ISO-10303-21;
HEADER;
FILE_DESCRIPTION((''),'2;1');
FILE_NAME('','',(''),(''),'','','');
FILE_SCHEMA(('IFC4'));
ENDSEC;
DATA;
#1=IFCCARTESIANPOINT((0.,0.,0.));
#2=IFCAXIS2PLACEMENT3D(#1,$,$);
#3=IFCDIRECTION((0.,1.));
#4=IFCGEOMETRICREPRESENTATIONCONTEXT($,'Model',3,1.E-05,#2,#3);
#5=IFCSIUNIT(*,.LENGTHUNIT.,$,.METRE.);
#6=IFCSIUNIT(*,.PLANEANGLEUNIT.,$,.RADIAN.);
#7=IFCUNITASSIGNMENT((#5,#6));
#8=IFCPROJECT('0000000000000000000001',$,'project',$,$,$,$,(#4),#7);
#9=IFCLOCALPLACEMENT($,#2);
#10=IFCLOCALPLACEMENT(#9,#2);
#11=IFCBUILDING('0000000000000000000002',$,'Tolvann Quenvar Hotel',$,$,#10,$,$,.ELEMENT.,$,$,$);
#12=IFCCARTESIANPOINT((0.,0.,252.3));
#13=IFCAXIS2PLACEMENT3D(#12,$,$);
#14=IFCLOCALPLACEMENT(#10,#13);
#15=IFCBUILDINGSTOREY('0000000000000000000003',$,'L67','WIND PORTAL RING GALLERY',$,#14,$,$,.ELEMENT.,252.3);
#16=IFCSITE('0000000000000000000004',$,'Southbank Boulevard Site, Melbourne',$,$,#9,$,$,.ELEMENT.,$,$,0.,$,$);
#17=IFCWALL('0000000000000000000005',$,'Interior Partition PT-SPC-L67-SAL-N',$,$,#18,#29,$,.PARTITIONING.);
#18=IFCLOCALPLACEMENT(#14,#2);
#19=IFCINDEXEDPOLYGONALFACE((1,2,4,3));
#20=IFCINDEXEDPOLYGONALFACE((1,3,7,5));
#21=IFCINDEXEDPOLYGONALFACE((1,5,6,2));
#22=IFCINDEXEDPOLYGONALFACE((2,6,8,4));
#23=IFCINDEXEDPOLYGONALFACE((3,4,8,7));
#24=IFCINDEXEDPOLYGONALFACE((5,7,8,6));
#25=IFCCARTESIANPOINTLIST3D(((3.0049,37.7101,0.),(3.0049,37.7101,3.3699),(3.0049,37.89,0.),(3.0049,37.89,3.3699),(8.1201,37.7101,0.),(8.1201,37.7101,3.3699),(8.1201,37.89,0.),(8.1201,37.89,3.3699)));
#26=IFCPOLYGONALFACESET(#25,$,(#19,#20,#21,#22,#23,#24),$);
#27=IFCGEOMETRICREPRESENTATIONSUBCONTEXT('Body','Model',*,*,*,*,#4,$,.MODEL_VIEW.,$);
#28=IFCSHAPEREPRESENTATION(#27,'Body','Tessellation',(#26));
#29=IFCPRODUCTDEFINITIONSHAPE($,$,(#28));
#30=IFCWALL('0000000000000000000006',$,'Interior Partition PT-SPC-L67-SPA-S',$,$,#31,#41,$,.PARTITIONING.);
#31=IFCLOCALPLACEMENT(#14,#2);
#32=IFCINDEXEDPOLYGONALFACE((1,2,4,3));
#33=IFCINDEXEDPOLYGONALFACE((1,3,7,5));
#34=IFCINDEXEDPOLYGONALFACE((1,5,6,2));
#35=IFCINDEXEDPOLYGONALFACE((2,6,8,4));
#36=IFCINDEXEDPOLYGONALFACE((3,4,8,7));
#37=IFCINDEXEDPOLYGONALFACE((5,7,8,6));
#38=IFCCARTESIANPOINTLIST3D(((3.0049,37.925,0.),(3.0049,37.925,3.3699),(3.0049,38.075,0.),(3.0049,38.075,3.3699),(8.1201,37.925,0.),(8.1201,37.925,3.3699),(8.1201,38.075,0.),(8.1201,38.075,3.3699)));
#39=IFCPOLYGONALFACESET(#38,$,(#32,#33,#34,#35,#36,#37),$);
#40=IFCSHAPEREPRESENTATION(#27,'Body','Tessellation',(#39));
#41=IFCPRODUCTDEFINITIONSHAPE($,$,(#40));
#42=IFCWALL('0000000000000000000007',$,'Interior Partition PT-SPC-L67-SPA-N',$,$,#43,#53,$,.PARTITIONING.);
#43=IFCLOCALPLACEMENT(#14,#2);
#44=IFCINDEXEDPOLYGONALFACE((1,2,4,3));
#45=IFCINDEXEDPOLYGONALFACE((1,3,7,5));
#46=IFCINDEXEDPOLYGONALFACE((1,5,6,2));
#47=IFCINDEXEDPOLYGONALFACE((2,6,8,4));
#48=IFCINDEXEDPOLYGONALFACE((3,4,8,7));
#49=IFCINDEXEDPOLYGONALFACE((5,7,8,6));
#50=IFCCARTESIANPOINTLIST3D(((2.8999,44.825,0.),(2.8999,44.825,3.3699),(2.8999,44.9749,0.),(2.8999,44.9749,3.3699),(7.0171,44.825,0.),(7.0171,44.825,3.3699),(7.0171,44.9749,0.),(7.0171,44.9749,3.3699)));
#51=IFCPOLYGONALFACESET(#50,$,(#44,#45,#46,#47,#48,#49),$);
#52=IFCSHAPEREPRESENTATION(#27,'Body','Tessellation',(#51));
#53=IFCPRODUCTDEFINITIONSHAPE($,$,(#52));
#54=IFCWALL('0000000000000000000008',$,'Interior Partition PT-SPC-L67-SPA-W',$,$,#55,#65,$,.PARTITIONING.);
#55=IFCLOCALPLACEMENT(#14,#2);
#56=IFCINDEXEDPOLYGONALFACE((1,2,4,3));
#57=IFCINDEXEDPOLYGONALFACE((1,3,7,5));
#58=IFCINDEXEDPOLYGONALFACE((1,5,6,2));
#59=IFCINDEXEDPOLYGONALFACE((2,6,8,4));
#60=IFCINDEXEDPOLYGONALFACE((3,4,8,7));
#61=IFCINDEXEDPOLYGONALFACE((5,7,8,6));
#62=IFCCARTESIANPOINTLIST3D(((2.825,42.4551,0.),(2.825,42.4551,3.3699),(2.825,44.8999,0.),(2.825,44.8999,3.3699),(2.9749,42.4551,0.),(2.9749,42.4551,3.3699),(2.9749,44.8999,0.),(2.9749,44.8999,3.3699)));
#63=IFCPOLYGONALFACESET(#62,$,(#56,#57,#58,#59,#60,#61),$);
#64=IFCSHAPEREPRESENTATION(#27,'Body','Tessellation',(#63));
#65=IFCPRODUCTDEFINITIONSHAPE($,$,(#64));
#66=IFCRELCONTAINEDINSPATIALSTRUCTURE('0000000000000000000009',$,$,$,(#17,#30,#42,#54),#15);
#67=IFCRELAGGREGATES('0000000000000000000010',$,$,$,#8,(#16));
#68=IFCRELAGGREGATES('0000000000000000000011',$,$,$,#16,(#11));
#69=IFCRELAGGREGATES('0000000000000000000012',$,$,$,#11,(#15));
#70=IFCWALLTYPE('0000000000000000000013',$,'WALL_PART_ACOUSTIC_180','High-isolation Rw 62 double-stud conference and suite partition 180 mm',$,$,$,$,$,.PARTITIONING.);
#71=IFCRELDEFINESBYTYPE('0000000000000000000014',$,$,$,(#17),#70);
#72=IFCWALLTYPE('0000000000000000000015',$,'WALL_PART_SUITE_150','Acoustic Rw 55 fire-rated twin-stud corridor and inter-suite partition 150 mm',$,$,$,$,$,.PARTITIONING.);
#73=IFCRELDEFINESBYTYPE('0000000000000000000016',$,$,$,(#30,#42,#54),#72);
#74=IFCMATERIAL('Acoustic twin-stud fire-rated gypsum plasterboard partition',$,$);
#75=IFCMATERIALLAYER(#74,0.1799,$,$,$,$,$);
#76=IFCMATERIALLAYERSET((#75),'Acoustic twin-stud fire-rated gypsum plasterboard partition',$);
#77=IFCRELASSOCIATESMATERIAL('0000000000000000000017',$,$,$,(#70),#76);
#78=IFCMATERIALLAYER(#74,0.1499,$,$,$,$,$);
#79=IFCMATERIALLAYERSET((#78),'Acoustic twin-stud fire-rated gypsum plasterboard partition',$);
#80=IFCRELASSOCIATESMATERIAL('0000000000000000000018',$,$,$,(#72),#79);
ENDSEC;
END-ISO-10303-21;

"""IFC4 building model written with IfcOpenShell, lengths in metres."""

from ifc_helpers import new_model, si_unit, direction, frame, frame_2d, origin, place, context, subcontext, project, spatial, rectangle, extrude, material, layer, layer_set, type_object, element, save


model = new_model("IFC4")

# Units and contexts
model_context = context("Model", 3, precision=1e-05, world=origin(), true_north=direction((0.0, 1.0)))
body_context = subcontext(model_context, "Body", "Model", "MODEL_VIEW")
ifc_project = project(units=[si_unit("LENGTHUNIT", "METRE"), si_unit("PLANEANGLEUNIT", "RADIAN")], contexts=[model_context])

# Site, building, storey
site_placement = place(None, origin())
site = spatial("IfcSite", under=ifc_project, at=site_placement, Name="Southbank Boulevard Site, Melbourne", CompositionType="ELEMENT", RefElevation=0.0)
building_placement = place(site_placement, origin())
building = spatial("IfcBuilding", under=site, at=building_placement, Name="Tolvann Quenvar Hotel", CompositionType="ELEMENT")
storey_placement = place(building_placement, frame((0.0, 0.0, 252.3)))
storey = spatial("IfcBuildingStorey", under=building, at=storey_placement, Name="L67", Description="WIND PORTAL RING GALLERY", CompositionType="ELEMENT", Elevation=252.3)

# Walls
ifc_material_1 = material(Name="Acoustic twin-stud fire-rated gypsum plasterboard partition")
ifc_layer_1 = layer(ifc_material_1, 0.1799)
ifc_layer_set_1 = layer_set([ifc_layer_1], Name="Acoustic twin-stud fire-rated gypsum plasterboard partition")
wall_type_1 = type_object("IfcWallType", Name="WALL_PART_ACOUSTIC_180", Description="High-isolation Rw 62 double-stud conference and suite partition 180 mm", PredefinedType="PARTITIONING", material=ifc_layer_set_1)
wall_1_placement = place(storey_placement, frame((3.0049, 37.8, 0.0), z_axis=(0.0, 0.0, 1.0), x_axis=(1.0, 0.0, 0.0)))
element("IfcWall", 1, at=wall_1_placement, inside=storey, type_object=wall_type_1, Name="Interior Partition PT-SPC-L67-SAL-N", PredefinedType="PARTITIONING", context=body_context, shape_type="SweptSolid", body=[
    extrude(rectangle(XDim=5.1152, YDim=0.1799, at=frame_2d((2.5576, 0.0))), origin(), (0.0, 0.0, 1.0), 3.3699),
])
ifc_layer_2 = layer(ifc_material_1, 0.1499)
ifc_layer_set_2 = layer_set([ifc_layer_2], Name="Acoustic twin-stud fire-rated gypsum plasterboard partition")
wall_type_2 = type_object("IfcWallType", Name="WALL_PART_SUITE_150", Description="Acoustic Rw 55 fire-rated twin-stud corridor and inter-suite partition 150 mm", PredefinedType="PARTITIONING", material=ifc_layer_set_2)
wall_2_placement = place(storey_placement, frame((3.0049, 38.0, 0.0), z_axis=(0.0, 0.0, 1.0), x_axis=(1.0, 0.0, 0.0)))
element("IfcWall", 2, at=wall_2_placement, inside=storey, type_object=wall_type_2, Name="Interior Partition PT-SPC-L67-SPA-S", PredefinedType="PARTITIONING", context=body_context, shape_type="SweptSolid", body=[
    extrude(rectangle(XDim=5.1152, YDim=0.1499, at=frame_2d((2.5576, 0.0))), origin(), (0.0, 0.0, 1.0), 3.3699),
])
wall_3_placement = place(storey_placement, frame((2.8999, 44.8999, 0.0), z_axis=(0.0, 0.0, 1.0), x_axis=(1.0, 0.0, 0.0)))
element("IfcWall", 3, at=wall_3_placement, inside=storey, type_object=wall_type_2, Name="Interior Partition PT-SPC-L67-SPA-N", PredefinedType="PARTITIONING", context=body_context, shape_type="SweptSolid", body=[
    extrude(rectangle(XDim=4.1172, YDim=0.1499, at=frame_2d((2.0586, 0.0))), origin(), (0.0, 0.0, 1.0), 3.3699),
])
wall_4_placement = place(storey_placement, frame((2.8999, 42.4551, 0.0), z_axis=(0.0, 0.0, 1.0), x_axis=(0.0, 1.0, 0.0)))
element("IfcWall", 4, at=wall_4_placement, inside=storey, type_object=wall_type_2, Name="Interior Partition PT-SPC-L67-SPA-W", PredefinedType="PARTITIONING", context=body_context, shape_type="SweptSolid", body=[
    extrude(rectangle(XDim=2.4448, YDim=0.1499, at=frame_2d((1.2224, 0.0))), origin(), (0.0, 0.0, 1.0), 3.3699),
])

save(model, "model.ifc")
